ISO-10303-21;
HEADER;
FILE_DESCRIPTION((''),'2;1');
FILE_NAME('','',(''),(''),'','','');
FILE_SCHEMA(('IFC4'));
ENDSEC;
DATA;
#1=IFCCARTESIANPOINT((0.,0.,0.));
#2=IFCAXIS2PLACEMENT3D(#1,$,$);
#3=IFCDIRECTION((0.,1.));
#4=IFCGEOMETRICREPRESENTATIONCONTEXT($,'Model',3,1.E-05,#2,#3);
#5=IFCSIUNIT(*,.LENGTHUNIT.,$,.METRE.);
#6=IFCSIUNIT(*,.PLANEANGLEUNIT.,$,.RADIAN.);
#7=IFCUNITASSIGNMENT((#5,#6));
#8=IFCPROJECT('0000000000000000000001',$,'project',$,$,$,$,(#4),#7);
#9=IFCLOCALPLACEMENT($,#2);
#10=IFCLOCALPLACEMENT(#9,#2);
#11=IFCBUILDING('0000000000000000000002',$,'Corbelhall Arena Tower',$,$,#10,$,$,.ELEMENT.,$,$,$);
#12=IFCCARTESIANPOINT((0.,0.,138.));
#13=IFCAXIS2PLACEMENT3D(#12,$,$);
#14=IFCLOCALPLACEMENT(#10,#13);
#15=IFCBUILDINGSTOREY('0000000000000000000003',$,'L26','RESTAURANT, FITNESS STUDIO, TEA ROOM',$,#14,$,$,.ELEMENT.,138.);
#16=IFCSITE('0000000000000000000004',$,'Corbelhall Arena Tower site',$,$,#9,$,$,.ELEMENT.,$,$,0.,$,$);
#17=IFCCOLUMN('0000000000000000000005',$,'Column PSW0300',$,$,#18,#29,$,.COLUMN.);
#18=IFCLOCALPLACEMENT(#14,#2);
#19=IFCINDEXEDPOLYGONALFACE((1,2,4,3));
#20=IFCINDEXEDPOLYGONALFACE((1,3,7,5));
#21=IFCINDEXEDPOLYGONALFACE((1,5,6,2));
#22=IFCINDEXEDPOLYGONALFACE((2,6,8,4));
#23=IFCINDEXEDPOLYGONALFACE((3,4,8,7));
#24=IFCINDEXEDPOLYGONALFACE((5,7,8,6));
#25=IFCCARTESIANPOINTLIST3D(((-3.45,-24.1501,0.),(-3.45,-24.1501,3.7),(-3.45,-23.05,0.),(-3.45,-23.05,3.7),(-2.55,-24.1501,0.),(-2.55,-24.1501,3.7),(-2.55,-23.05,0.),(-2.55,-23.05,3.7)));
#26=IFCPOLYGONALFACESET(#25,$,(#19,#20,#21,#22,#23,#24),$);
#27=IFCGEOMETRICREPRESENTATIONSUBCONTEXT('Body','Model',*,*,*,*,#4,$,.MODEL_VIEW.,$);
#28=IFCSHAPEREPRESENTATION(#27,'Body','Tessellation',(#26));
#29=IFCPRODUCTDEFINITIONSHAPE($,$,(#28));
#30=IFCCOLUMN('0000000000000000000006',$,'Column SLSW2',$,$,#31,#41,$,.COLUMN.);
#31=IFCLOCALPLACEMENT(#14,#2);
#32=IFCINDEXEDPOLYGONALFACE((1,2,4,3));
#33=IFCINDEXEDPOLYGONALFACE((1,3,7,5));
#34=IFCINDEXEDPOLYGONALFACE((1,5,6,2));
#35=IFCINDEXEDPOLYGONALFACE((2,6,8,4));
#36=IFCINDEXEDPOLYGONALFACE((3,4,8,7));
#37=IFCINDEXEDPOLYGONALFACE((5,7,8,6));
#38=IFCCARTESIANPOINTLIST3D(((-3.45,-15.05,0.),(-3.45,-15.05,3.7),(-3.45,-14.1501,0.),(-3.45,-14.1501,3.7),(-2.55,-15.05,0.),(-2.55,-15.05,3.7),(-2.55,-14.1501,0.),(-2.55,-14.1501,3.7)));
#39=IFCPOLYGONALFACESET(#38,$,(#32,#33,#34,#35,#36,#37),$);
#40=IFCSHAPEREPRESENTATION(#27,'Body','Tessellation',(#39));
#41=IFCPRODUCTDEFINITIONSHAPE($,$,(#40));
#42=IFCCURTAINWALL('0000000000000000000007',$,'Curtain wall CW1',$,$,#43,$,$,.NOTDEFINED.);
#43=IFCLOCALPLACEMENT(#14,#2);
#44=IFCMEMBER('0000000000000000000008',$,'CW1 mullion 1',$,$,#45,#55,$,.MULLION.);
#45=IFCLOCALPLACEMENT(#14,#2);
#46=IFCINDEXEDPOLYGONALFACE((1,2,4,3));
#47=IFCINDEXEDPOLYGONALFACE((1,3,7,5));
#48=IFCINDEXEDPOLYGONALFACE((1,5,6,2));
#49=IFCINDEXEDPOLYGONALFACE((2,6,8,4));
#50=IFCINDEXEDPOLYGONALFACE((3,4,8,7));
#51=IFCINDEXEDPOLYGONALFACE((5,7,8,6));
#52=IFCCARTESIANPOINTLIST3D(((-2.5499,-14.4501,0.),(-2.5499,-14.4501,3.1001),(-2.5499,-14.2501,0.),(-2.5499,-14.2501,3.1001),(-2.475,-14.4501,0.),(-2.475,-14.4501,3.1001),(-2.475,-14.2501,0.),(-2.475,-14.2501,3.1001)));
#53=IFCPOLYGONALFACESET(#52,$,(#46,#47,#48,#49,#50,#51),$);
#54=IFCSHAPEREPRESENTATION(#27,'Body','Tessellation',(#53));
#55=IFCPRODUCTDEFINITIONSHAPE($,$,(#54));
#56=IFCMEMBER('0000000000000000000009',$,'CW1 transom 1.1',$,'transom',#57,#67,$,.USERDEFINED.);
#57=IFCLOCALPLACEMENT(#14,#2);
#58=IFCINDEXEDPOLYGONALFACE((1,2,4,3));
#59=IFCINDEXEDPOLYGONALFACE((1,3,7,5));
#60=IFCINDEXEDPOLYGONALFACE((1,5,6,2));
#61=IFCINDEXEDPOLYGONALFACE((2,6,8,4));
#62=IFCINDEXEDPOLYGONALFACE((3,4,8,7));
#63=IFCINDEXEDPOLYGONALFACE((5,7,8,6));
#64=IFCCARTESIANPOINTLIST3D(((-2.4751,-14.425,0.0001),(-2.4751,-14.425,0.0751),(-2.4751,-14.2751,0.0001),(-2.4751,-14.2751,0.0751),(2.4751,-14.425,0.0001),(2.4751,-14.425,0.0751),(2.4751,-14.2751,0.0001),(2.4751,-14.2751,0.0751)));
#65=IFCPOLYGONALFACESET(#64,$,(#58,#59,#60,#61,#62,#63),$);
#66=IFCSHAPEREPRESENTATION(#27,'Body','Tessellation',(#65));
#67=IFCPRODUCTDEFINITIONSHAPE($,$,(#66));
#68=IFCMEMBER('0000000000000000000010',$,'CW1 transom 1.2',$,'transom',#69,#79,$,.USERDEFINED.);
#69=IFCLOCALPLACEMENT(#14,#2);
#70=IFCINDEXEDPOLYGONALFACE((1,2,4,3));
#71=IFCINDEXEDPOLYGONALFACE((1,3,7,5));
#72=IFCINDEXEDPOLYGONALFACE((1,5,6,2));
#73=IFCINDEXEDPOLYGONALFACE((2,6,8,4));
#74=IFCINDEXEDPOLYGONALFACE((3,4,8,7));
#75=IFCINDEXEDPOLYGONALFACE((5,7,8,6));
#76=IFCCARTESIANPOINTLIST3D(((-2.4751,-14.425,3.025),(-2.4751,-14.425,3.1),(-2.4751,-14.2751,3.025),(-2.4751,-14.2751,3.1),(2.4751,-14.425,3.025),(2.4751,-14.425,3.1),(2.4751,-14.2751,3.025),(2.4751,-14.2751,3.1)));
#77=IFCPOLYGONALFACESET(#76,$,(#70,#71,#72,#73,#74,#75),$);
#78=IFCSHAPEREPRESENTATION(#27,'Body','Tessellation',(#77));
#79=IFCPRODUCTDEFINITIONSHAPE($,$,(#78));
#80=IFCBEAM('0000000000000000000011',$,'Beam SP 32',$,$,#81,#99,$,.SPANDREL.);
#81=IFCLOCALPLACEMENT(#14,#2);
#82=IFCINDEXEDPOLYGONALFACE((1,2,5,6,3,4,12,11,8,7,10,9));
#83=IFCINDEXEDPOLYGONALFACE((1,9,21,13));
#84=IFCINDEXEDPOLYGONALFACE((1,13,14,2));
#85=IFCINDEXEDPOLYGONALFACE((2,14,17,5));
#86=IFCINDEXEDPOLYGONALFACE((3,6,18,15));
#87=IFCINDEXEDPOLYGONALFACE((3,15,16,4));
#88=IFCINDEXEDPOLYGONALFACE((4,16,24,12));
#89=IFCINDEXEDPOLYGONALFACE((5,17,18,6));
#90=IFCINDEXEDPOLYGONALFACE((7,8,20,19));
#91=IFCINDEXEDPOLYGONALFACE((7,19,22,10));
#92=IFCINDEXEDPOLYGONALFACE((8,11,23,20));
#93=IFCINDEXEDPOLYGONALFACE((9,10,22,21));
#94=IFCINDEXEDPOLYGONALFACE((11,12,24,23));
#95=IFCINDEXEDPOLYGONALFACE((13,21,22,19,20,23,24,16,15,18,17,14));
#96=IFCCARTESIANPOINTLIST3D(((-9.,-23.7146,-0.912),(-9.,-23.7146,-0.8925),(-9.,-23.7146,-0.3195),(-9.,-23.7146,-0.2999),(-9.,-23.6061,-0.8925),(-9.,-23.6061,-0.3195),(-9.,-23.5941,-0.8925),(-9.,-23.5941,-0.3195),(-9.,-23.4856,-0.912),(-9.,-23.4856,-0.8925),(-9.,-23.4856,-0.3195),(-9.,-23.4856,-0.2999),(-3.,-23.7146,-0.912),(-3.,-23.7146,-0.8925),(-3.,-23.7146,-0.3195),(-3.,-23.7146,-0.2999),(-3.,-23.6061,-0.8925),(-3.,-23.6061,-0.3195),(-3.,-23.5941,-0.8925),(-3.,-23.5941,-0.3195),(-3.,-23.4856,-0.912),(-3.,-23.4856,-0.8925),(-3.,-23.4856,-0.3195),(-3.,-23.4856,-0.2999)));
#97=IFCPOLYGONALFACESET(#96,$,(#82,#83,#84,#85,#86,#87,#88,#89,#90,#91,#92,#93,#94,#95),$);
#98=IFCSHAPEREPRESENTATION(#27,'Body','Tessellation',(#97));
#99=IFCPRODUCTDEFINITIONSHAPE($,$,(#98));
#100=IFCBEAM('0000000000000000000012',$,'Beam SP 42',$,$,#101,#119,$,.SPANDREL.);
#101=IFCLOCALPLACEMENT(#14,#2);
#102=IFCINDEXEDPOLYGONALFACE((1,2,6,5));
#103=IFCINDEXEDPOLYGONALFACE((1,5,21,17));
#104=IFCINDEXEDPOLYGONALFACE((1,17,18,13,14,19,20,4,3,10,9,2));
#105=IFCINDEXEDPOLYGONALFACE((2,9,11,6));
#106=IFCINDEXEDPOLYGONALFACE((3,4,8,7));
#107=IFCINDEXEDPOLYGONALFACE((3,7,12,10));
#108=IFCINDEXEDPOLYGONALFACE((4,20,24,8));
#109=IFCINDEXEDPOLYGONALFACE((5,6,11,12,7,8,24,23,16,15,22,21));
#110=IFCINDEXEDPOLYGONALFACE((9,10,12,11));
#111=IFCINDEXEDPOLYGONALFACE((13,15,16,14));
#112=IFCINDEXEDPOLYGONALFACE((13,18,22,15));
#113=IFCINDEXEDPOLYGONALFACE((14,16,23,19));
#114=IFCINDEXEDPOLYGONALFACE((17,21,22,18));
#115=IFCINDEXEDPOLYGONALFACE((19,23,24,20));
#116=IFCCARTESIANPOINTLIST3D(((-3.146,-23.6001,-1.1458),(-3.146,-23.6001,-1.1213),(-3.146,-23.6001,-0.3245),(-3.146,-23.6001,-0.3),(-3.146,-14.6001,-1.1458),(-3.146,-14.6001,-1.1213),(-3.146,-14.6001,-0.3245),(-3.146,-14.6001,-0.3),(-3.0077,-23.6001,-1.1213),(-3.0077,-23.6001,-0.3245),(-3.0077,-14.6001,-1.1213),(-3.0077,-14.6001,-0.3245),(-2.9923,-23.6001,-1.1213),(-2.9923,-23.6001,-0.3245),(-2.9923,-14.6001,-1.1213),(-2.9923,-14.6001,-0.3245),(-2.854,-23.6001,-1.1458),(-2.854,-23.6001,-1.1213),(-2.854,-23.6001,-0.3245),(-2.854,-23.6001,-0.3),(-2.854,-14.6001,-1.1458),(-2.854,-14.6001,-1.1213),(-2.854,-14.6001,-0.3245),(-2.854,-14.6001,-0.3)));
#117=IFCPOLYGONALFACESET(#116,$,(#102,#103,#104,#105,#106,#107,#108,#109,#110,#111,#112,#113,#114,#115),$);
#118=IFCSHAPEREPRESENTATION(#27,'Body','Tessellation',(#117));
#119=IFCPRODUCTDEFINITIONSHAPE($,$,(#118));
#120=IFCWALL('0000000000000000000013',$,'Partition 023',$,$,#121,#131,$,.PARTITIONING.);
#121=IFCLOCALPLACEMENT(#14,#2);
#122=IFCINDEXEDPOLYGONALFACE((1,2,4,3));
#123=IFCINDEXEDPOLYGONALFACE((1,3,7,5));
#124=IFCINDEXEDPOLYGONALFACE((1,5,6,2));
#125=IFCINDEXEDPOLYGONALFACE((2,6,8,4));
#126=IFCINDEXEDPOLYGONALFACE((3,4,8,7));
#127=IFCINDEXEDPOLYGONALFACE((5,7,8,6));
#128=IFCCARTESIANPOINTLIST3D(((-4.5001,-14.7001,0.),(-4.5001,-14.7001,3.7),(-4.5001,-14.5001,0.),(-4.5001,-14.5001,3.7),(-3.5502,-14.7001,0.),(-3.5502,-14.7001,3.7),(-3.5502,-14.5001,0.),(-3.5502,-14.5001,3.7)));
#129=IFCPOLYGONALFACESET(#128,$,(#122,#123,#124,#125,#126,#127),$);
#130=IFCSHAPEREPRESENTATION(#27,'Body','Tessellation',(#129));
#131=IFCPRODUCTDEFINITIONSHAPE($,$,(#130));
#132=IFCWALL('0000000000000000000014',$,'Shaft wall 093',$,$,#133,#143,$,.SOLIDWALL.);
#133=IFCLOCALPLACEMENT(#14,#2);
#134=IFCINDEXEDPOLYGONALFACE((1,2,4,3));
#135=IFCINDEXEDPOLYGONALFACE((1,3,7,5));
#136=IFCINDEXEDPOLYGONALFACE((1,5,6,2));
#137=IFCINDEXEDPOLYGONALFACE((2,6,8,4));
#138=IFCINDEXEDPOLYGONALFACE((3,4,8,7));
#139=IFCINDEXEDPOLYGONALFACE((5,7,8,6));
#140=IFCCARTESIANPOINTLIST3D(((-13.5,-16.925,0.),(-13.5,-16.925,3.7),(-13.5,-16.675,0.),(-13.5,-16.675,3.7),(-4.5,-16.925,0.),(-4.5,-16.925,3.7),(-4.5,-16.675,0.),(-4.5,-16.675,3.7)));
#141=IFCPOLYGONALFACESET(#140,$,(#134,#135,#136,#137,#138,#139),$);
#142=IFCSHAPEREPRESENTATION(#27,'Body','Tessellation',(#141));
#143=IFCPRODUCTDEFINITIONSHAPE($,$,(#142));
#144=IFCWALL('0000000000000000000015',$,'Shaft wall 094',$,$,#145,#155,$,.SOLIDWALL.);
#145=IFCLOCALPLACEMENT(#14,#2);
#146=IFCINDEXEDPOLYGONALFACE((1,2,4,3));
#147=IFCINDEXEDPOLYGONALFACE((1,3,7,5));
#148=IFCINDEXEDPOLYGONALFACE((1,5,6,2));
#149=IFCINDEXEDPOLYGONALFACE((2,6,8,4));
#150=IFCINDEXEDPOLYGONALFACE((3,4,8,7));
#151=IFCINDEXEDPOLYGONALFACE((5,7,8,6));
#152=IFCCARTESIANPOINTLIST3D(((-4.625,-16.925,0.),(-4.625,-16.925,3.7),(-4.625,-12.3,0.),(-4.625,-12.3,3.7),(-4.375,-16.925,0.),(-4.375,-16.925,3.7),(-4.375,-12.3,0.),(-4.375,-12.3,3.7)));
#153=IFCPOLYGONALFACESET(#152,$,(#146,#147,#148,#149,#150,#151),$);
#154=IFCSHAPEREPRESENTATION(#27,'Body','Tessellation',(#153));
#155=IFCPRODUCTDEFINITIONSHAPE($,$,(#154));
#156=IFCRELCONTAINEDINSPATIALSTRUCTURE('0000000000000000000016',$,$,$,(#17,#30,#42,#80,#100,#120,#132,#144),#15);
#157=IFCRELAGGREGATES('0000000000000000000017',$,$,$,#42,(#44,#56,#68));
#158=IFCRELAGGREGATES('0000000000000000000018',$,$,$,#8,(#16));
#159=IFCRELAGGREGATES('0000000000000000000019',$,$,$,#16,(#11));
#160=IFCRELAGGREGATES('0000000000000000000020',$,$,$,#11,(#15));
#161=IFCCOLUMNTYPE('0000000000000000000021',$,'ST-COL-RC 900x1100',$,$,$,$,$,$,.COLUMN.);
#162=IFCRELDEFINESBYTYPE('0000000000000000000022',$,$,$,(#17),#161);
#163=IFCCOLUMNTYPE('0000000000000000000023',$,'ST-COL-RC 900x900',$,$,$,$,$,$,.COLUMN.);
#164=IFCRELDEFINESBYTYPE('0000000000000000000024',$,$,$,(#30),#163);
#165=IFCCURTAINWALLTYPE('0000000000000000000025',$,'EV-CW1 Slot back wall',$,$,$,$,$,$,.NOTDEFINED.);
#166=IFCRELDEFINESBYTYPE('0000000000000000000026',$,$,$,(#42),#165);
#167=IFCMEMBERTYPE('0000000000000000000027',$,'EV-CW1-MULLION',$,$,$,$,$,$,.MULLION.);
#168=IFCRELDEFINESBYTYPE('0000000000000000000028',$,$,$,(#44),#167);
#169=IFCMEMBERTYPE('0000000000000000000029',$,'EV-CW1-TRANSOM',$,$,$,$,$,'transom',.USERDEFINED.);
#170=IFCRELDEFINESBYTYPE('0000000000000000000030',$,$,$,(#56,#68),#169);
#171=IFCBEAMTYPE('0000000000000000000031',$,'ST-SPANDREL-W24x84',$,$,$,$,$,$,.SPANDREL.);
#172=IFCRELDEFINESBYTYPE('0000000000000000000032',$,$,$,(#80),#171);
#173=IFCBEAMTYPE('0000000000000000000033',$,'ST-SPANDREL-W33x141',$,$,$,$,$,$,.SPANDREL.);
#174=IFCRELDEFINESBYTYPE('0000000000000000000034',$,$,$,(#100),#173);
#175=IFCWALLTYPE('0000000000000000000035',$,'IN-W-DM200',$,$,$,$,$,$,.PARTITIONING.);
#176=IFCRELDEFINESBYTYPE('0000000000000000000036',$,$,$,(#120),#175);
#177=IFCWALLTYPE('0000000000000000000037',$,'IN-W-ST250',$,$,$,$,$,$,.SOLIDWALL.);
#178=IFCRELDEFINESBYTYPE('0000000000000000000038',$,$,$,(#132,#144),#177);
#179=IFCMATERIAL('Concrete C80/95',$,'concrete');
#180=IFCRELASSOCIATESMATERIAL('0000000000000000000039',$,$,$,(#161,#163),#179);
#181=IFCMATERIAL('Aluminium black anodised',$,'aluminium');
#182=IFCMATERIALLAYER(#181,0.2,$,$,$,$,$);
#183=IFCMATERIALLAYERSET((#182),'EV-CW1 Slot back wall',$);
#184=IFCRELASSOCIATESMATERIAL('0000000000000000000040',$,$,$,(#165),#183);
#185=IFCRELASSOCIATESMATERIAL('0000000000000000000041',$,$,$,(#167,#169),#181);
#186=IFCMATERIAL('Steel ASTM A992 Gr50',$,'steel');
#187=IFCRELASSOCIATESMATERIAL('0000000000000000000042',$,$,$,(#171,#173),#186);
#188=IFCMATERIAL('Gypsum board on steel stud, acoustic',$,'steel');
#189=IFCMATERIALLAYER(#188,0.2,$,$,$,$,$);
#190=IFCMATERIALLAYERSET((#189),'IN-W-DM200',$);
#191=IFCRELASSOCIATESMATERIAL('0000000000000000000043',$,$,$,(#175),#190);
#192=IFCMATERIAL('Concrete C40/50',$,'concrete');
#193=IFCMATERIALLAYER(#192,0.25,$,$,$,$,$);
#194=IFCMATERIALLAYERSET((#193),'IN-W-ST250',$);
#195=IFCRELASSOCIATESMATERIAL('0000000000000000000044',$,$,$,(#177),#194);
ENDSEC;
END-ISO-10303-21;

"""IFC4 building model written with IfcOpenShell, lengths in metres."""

from ifc_helpers import new_model, si_unit, direction, frame, frame_2d, origin, origin_2d, place, context, subcontext, project, spatial, rectangle, i_section, extrude, material, layer, layer_set, material_profile, profile_set, type_object, element, aggregate, save


model = new_model("IFC4")

# Units and contexts
model_context = context("Model", 3, precision=1e-05, world=origin(), true_north=direction((0.0, 1.0)))
body_context = subcontext(model_context, "Body", "Model", "MODEL_VIEW")
ifc_project = project(units=[si_unit("LENGTHUNIT", "METRE"), si_unit("PLANEANGLEUNIT", "RADIAN")], contexts=[model_context])

# Site, building, storey
site_placement = place(None, origin())
site = spatial("IfcSite", under=ifc_project, at=site_placement, Name="Corbelhall Arena Tower site", CompositionType="ELEMENT", RefElevation=0.0)
building_placement = place(site_placement, origin())
building = spatial("IfcBuilding", under=site, at=building_placement, Name="Corbelhall Arena Tower", CompositionType="ELEMENT")
storey_placement = place(building_placement, frame((0.0, 0.0, 138.0)))
storey = spatial("IfcBuildingStorey", under=building, at=storey_placement, Name="L26", Description="RESTAURANT, FITNESS STUDIO, TEA ROOM", CompositionType="ELEMENT", Elevation=138.0)

# Columns
ifc_material_1 = material(Name="Concrete C80/95", Category="concrete")
ifc_material_profile_1 = material_profile(ifc_material_1, rectangle(XDim=0.8999, YDim=1.1001, at=origin_2d()))
ifc_profile_set_1 = profile_set([ifc_material_profile_1], Name="Concrete C80/95")
column_type_1 = type_object("IfcColumnType", Name="ST-COL-RC 900x1100", PredefinedType="COLUMN", material=ifc_profile_set_1)
column_1_placement = place(storey_placement, frame((-3.0, -23.6001, 0.0), z_axis=(0.0, 0.0, 1.0), x_axis=(1.0, 0.0, 0.0)))
element("IfcColumn", 1, at=column_1_placement, inside=storey, type_object=column_type_1, Name="Column PSW0300", PredefinedType="COLUMN", context=body_context, shape_type="SweptSolid", body=[
    extrude(rectangle(XDim=0.8999, YDim=1.1001, at=origin_2d()), origin(), (0.0, 0.0, 1.0), 3.7),
])
ifc_material_profile_2 = material_profile(ifc_material_1, rectangle(XDim=0.8999, YDim=0.8999, at=origin_2d()))
ifc_profile_set_2 = profile_set([ifc_material_profile_2], Name="Concrete C80/95")
column_type_2 = type_object("IfcColumnType", Name="ST-COL-RC 900x900", PredefinedType="COLUMN", material=ifc_profile_set_2)
column_2_placement = place(storey_placement, frame((-3.0, -14.6001, 0.0), z_axis=(0.0, 0.0, 1.0), x_axis=(1.0, 0.0, 0.0)))
element("IfcColumn", 2, at=column_2_placement, inside=storey, type_object=column_type_2, Name="Column SLSW2", PredefinedType="COLUMN", context=body_context, shape_type="SweptSolid", body=[
    extrude(rectangle(XDim=0.8999, YDim=0.8999, at=origin_2d()), origin(), (0.0, 0.0, 1.0), 3.7),
])

# Curtain wall, members
ifc_material_2 = material(Name="Aluminium black anodised", Category="aluminium")
ifc_layer_1 = layer(ifc_material_2, 0.2)
ifc_layer_set_1 = layer_set([ifc_layer_1], Name="EV-CW1 Slot back wall")
curtain_wall_type = type_object("IfcCurtainWallType", Name="EV-CW1 Slot back wall", PredefinedType="NOTDEFINED", material=ifc_layer_set_1)
curtain_wall_placement = place(storey_placement, origin())
curtain_wall = element("IfcCurtainWall", 3, at=curtain_wall_placement, inside=storey, type_object=curtain_wall_type, Name="Curtain wall CW1", PredefinedType="NOTDEFINED")
ifc_material_profile_3 = material_profile(ifc_material_2, rectangle(XDim=0.2, YDim=0.075, at=origin_2d()))
ifc_profile_set_3 = profile_set([ifc_material_profile_3], Name="Aluminium black anodised")
member_type_1 = type_object("IfcMemberType", Name="EV-CW1-MULLION", PredefinedType="MULLION", material=ifc_profile_set_3)
member_1_placement = place(storey_placement, frame((-2.5125, -14.3501, 0.0), z_axis=(0.0, 0.0, 1.0), x_axis=(0.0, 1.0, 0.0)))
member_1 = element("IfcMember", 4, at=member_1_placement, type_object=member_type_1, Name="CW1 mullion 1", PredefinedType="MULLION", context=body_context, shape_type="SweptSolid", body=[
    extrude(rectangle(XDim=0.2, YDim=0.075, at=origin_2d()), origin(), (0.0, 0.0, 1.0), 3.1001),
])
ifc_material_profile_4 = material_profile(ifc_material_2, rectangle(XDim=0.1499, YDim=0.075, at=origin_2d()))
ifc_profile_set_4 = profile_set([ifc_material_profile_4], Name="Aluminium black anodised")
member_type_2 = type_object("IfcMemberType", Name="EV-CW1-TRANSOM", ElementType="transom", PredefinedType="USERDEFINED", material=ifc_profile_set_4)
member_2_placement = place(storey_placement, frame((-2.4751, -14.3501, 0.0376), z_axis=(1.0, 0.0, 0.0), x_axis=(0.0, 1.0, 0.0)))
member_2 = element("IfcMember", 5, at=member_2_placement, type_object=member_type_2, Name="CW1 transom 1.1", ObjectType="transom", PredefinedType="USERDEFINED", context=body_context, shape_type="SweptSolid", body=[
    extrude(rectangle(XDim=0.1499, YDim=0.075, at=origin_2d()), origin(), (0.0, 0.0, 1.0), 4.9502),
])
member_3_placement = place(storey_placement, frame((-2.4751, -14.3501, 3.0625), z_axis=(1.0, 0.0, 0.0), x_axis=(0.0, 1.0, 0.0)))
member_3 = element("IfcMember", 6, at=member_3_placement, type_object=member_type_2, Name="CW1 transom 1.2", ObjectType="transom", PredefinedType="USERDEFINED", context=body_context, shape_type="SweptSolid", body=[
    extrude(rectangle(XDim=0.1499, YDim=0.075, at=origin_2d()), origin(), (0.0, 0.0, 1.0), 4.9502),
])
aggregate(curtain_wall, [member_1, member_2, member_3])

# Beams
ifc_material_3 = material(Name="Steel ASTM A992 Gr50", Category="steel")
ifc_material_profile_5 = material_profile(ifc_material_3, i_section(OverallWidth=0.229, OverallDepth=0.6121, WebThickness=0.012, FlangeThickness=0.0195, at=origin_2d()))
ifc_profile_set_5 = profile_set([ifc_material_profile_5], Name="Steel ASTM A992 Gr50")
beam_type_1 = type_object("IfcBeamType", Name="ST-SPANDREL-W24x84", PredefinedType="SPANDREL", material=ifc_profile_set_5)
beam_1_placement = place(storey_placement, frame((-3.0, -23.6001, -0.606), z_axis=(-1.0, 0.0, 0.0), x_axis=(0.0, -1.0, 0.0)))
element("IfcBeam", 7, at=beam_1_placement, inside=storey, type_object=beam_type_1, Name="Beam SP 32", PredefinedType="SPANDREL", context=body_context, shape_type="SweptSolid", body=[
    extrude(i_section(OverallWidth=0.229, OverallDepth=0.6121, WebThickness=0.012, FlangeThickness=0.0195, at=origin_2d()), origin(), (0.0, 0.0, 1.0), 6.0),
])
ifc_material_profile_6 = material_profile(ifc_material_3, i_section(OverallWidth=0.292, OverallDepth=0.8457, WebThickness=0.0154, FlangeThickness=0.0244, at=origin_2d()))
ifc_profile_set_6 = profile_set([ifc_material_profile_6], Name="Steel ASTM A992 Gr50")
beam_type_2 = type_object("IfcBeamType", Name="ST-SPANDREL-W33x141", PredefinedType="SPANDREL", material=ifc_profile_set_6)
beam_2_placement = place(storey_placement, frame((-3.0, -14.6001, -0.7229), z_axis=(0.0, -1.0, 0.0), x_axis=(1.0, 0.0, 0.0)))
element("IfcBeam", 8, at=beam_2_placement, inside=storey, type_object=beam_type_2, Name="Beam SP 42", PredefinedType="SPANDREL", context=body_context, shape_type="SweptSolid", body=[
    extrude(i_section(OverallWidth=0.292, OverallDepth=0.8457, WebThickness=0.0154, FlangeThickness=0.0244, at=origin_2d()), origin(), (0.0, 0.0, 1.0), 9.0),
])

# Walls
ifc_material_4 = material(Name="Gypsum board on steel stud, acoustic", Category="steel")
ifc_layer_2 = layer(ifc_material_4, 0.2)
ifc_layer_set_2 = layer_set([ifc_layer_2], Name="IN-W-DM200")
wall_type_1 = type_object("IfcWallType", Name="IN-W-DM200", PredefinedType="PARTITIONING", material=ifc_layer_set_2)
wall_1_placement = place(storey_placement, frame((-3.55, -14.6001, 0.0), z_axis=(0.0, 0.0, 1.0), x_axis=(-1.0, 0.0, 0.0)))
element("IfcWall", 9, at=wall_1_placement, inside=storey, type_object=wall_type_1, Name="Partition 023", PredefinedType="PARTITIONING", context=body_context, shape_type="SweptSolid", body=[
    extrude(rectangle(XDim=0.95, YDim=0.2, at=frame_2d((0.4751, 0.0))), origin(), (0.0, 0.0, 1.0), 3.7),
])
ifc_material_5 = material(Name="Concrete C40/50", Category="concrete")
ifc_layer_3 = layer(ifc_material_5, 0.25)
ifc_layer_set_3 = layer_set([ifc_layer_3], Name="IN-W-ST250")
wall_type_2 = type_object("IfcWallType", Name="IN-W-ST250", PredefinedType="SOLIDWALL", material=ifc_layer_set_3)
wall_2_placement = place(storey_placement, frame((-4.5, -16.8, 0.0), z_axis=(0.0, 0.0, 1.0), x_axis=(-1.0, 0.0, 0.0)))
element("IfcWall", 10, at=wall_2_placement, inside=storey, type_object=wall_type_2, Name="Shaft wall 093", PredefinedType="SOLIDWALL", context=body_context, shape_type="SweptSolid", body=[
    extrude(rectangle(XDim=9.0, YDim=0.25, at=frame_2d((4.5, 0.0))), origin(), (0.0, 0.0, 1.0), 3.7),
])
wall_3_placement = place(storey_placement, frame((-4.5, -12.3, 0.0), z_axis=(0.0, 0.0, 1.0), x_axis=(0.0, -1.0, 0.0)))
element("IfcWall", 11, at=wall_3_placement, inside=storey, type_object=wall_type_2, Name="Shaft wall 094", PredefinedType="SOLIDWALL", context=body_context, shape_type="SweptSolid", body=[
    extrude(rectangle(XDim=4.625, YDim=0.25, at=frame_2d((2.3125, 0.0))), origin(), (0.0, 0.0, 1.0), 3.7),
])

save(model, "model.ifc")
